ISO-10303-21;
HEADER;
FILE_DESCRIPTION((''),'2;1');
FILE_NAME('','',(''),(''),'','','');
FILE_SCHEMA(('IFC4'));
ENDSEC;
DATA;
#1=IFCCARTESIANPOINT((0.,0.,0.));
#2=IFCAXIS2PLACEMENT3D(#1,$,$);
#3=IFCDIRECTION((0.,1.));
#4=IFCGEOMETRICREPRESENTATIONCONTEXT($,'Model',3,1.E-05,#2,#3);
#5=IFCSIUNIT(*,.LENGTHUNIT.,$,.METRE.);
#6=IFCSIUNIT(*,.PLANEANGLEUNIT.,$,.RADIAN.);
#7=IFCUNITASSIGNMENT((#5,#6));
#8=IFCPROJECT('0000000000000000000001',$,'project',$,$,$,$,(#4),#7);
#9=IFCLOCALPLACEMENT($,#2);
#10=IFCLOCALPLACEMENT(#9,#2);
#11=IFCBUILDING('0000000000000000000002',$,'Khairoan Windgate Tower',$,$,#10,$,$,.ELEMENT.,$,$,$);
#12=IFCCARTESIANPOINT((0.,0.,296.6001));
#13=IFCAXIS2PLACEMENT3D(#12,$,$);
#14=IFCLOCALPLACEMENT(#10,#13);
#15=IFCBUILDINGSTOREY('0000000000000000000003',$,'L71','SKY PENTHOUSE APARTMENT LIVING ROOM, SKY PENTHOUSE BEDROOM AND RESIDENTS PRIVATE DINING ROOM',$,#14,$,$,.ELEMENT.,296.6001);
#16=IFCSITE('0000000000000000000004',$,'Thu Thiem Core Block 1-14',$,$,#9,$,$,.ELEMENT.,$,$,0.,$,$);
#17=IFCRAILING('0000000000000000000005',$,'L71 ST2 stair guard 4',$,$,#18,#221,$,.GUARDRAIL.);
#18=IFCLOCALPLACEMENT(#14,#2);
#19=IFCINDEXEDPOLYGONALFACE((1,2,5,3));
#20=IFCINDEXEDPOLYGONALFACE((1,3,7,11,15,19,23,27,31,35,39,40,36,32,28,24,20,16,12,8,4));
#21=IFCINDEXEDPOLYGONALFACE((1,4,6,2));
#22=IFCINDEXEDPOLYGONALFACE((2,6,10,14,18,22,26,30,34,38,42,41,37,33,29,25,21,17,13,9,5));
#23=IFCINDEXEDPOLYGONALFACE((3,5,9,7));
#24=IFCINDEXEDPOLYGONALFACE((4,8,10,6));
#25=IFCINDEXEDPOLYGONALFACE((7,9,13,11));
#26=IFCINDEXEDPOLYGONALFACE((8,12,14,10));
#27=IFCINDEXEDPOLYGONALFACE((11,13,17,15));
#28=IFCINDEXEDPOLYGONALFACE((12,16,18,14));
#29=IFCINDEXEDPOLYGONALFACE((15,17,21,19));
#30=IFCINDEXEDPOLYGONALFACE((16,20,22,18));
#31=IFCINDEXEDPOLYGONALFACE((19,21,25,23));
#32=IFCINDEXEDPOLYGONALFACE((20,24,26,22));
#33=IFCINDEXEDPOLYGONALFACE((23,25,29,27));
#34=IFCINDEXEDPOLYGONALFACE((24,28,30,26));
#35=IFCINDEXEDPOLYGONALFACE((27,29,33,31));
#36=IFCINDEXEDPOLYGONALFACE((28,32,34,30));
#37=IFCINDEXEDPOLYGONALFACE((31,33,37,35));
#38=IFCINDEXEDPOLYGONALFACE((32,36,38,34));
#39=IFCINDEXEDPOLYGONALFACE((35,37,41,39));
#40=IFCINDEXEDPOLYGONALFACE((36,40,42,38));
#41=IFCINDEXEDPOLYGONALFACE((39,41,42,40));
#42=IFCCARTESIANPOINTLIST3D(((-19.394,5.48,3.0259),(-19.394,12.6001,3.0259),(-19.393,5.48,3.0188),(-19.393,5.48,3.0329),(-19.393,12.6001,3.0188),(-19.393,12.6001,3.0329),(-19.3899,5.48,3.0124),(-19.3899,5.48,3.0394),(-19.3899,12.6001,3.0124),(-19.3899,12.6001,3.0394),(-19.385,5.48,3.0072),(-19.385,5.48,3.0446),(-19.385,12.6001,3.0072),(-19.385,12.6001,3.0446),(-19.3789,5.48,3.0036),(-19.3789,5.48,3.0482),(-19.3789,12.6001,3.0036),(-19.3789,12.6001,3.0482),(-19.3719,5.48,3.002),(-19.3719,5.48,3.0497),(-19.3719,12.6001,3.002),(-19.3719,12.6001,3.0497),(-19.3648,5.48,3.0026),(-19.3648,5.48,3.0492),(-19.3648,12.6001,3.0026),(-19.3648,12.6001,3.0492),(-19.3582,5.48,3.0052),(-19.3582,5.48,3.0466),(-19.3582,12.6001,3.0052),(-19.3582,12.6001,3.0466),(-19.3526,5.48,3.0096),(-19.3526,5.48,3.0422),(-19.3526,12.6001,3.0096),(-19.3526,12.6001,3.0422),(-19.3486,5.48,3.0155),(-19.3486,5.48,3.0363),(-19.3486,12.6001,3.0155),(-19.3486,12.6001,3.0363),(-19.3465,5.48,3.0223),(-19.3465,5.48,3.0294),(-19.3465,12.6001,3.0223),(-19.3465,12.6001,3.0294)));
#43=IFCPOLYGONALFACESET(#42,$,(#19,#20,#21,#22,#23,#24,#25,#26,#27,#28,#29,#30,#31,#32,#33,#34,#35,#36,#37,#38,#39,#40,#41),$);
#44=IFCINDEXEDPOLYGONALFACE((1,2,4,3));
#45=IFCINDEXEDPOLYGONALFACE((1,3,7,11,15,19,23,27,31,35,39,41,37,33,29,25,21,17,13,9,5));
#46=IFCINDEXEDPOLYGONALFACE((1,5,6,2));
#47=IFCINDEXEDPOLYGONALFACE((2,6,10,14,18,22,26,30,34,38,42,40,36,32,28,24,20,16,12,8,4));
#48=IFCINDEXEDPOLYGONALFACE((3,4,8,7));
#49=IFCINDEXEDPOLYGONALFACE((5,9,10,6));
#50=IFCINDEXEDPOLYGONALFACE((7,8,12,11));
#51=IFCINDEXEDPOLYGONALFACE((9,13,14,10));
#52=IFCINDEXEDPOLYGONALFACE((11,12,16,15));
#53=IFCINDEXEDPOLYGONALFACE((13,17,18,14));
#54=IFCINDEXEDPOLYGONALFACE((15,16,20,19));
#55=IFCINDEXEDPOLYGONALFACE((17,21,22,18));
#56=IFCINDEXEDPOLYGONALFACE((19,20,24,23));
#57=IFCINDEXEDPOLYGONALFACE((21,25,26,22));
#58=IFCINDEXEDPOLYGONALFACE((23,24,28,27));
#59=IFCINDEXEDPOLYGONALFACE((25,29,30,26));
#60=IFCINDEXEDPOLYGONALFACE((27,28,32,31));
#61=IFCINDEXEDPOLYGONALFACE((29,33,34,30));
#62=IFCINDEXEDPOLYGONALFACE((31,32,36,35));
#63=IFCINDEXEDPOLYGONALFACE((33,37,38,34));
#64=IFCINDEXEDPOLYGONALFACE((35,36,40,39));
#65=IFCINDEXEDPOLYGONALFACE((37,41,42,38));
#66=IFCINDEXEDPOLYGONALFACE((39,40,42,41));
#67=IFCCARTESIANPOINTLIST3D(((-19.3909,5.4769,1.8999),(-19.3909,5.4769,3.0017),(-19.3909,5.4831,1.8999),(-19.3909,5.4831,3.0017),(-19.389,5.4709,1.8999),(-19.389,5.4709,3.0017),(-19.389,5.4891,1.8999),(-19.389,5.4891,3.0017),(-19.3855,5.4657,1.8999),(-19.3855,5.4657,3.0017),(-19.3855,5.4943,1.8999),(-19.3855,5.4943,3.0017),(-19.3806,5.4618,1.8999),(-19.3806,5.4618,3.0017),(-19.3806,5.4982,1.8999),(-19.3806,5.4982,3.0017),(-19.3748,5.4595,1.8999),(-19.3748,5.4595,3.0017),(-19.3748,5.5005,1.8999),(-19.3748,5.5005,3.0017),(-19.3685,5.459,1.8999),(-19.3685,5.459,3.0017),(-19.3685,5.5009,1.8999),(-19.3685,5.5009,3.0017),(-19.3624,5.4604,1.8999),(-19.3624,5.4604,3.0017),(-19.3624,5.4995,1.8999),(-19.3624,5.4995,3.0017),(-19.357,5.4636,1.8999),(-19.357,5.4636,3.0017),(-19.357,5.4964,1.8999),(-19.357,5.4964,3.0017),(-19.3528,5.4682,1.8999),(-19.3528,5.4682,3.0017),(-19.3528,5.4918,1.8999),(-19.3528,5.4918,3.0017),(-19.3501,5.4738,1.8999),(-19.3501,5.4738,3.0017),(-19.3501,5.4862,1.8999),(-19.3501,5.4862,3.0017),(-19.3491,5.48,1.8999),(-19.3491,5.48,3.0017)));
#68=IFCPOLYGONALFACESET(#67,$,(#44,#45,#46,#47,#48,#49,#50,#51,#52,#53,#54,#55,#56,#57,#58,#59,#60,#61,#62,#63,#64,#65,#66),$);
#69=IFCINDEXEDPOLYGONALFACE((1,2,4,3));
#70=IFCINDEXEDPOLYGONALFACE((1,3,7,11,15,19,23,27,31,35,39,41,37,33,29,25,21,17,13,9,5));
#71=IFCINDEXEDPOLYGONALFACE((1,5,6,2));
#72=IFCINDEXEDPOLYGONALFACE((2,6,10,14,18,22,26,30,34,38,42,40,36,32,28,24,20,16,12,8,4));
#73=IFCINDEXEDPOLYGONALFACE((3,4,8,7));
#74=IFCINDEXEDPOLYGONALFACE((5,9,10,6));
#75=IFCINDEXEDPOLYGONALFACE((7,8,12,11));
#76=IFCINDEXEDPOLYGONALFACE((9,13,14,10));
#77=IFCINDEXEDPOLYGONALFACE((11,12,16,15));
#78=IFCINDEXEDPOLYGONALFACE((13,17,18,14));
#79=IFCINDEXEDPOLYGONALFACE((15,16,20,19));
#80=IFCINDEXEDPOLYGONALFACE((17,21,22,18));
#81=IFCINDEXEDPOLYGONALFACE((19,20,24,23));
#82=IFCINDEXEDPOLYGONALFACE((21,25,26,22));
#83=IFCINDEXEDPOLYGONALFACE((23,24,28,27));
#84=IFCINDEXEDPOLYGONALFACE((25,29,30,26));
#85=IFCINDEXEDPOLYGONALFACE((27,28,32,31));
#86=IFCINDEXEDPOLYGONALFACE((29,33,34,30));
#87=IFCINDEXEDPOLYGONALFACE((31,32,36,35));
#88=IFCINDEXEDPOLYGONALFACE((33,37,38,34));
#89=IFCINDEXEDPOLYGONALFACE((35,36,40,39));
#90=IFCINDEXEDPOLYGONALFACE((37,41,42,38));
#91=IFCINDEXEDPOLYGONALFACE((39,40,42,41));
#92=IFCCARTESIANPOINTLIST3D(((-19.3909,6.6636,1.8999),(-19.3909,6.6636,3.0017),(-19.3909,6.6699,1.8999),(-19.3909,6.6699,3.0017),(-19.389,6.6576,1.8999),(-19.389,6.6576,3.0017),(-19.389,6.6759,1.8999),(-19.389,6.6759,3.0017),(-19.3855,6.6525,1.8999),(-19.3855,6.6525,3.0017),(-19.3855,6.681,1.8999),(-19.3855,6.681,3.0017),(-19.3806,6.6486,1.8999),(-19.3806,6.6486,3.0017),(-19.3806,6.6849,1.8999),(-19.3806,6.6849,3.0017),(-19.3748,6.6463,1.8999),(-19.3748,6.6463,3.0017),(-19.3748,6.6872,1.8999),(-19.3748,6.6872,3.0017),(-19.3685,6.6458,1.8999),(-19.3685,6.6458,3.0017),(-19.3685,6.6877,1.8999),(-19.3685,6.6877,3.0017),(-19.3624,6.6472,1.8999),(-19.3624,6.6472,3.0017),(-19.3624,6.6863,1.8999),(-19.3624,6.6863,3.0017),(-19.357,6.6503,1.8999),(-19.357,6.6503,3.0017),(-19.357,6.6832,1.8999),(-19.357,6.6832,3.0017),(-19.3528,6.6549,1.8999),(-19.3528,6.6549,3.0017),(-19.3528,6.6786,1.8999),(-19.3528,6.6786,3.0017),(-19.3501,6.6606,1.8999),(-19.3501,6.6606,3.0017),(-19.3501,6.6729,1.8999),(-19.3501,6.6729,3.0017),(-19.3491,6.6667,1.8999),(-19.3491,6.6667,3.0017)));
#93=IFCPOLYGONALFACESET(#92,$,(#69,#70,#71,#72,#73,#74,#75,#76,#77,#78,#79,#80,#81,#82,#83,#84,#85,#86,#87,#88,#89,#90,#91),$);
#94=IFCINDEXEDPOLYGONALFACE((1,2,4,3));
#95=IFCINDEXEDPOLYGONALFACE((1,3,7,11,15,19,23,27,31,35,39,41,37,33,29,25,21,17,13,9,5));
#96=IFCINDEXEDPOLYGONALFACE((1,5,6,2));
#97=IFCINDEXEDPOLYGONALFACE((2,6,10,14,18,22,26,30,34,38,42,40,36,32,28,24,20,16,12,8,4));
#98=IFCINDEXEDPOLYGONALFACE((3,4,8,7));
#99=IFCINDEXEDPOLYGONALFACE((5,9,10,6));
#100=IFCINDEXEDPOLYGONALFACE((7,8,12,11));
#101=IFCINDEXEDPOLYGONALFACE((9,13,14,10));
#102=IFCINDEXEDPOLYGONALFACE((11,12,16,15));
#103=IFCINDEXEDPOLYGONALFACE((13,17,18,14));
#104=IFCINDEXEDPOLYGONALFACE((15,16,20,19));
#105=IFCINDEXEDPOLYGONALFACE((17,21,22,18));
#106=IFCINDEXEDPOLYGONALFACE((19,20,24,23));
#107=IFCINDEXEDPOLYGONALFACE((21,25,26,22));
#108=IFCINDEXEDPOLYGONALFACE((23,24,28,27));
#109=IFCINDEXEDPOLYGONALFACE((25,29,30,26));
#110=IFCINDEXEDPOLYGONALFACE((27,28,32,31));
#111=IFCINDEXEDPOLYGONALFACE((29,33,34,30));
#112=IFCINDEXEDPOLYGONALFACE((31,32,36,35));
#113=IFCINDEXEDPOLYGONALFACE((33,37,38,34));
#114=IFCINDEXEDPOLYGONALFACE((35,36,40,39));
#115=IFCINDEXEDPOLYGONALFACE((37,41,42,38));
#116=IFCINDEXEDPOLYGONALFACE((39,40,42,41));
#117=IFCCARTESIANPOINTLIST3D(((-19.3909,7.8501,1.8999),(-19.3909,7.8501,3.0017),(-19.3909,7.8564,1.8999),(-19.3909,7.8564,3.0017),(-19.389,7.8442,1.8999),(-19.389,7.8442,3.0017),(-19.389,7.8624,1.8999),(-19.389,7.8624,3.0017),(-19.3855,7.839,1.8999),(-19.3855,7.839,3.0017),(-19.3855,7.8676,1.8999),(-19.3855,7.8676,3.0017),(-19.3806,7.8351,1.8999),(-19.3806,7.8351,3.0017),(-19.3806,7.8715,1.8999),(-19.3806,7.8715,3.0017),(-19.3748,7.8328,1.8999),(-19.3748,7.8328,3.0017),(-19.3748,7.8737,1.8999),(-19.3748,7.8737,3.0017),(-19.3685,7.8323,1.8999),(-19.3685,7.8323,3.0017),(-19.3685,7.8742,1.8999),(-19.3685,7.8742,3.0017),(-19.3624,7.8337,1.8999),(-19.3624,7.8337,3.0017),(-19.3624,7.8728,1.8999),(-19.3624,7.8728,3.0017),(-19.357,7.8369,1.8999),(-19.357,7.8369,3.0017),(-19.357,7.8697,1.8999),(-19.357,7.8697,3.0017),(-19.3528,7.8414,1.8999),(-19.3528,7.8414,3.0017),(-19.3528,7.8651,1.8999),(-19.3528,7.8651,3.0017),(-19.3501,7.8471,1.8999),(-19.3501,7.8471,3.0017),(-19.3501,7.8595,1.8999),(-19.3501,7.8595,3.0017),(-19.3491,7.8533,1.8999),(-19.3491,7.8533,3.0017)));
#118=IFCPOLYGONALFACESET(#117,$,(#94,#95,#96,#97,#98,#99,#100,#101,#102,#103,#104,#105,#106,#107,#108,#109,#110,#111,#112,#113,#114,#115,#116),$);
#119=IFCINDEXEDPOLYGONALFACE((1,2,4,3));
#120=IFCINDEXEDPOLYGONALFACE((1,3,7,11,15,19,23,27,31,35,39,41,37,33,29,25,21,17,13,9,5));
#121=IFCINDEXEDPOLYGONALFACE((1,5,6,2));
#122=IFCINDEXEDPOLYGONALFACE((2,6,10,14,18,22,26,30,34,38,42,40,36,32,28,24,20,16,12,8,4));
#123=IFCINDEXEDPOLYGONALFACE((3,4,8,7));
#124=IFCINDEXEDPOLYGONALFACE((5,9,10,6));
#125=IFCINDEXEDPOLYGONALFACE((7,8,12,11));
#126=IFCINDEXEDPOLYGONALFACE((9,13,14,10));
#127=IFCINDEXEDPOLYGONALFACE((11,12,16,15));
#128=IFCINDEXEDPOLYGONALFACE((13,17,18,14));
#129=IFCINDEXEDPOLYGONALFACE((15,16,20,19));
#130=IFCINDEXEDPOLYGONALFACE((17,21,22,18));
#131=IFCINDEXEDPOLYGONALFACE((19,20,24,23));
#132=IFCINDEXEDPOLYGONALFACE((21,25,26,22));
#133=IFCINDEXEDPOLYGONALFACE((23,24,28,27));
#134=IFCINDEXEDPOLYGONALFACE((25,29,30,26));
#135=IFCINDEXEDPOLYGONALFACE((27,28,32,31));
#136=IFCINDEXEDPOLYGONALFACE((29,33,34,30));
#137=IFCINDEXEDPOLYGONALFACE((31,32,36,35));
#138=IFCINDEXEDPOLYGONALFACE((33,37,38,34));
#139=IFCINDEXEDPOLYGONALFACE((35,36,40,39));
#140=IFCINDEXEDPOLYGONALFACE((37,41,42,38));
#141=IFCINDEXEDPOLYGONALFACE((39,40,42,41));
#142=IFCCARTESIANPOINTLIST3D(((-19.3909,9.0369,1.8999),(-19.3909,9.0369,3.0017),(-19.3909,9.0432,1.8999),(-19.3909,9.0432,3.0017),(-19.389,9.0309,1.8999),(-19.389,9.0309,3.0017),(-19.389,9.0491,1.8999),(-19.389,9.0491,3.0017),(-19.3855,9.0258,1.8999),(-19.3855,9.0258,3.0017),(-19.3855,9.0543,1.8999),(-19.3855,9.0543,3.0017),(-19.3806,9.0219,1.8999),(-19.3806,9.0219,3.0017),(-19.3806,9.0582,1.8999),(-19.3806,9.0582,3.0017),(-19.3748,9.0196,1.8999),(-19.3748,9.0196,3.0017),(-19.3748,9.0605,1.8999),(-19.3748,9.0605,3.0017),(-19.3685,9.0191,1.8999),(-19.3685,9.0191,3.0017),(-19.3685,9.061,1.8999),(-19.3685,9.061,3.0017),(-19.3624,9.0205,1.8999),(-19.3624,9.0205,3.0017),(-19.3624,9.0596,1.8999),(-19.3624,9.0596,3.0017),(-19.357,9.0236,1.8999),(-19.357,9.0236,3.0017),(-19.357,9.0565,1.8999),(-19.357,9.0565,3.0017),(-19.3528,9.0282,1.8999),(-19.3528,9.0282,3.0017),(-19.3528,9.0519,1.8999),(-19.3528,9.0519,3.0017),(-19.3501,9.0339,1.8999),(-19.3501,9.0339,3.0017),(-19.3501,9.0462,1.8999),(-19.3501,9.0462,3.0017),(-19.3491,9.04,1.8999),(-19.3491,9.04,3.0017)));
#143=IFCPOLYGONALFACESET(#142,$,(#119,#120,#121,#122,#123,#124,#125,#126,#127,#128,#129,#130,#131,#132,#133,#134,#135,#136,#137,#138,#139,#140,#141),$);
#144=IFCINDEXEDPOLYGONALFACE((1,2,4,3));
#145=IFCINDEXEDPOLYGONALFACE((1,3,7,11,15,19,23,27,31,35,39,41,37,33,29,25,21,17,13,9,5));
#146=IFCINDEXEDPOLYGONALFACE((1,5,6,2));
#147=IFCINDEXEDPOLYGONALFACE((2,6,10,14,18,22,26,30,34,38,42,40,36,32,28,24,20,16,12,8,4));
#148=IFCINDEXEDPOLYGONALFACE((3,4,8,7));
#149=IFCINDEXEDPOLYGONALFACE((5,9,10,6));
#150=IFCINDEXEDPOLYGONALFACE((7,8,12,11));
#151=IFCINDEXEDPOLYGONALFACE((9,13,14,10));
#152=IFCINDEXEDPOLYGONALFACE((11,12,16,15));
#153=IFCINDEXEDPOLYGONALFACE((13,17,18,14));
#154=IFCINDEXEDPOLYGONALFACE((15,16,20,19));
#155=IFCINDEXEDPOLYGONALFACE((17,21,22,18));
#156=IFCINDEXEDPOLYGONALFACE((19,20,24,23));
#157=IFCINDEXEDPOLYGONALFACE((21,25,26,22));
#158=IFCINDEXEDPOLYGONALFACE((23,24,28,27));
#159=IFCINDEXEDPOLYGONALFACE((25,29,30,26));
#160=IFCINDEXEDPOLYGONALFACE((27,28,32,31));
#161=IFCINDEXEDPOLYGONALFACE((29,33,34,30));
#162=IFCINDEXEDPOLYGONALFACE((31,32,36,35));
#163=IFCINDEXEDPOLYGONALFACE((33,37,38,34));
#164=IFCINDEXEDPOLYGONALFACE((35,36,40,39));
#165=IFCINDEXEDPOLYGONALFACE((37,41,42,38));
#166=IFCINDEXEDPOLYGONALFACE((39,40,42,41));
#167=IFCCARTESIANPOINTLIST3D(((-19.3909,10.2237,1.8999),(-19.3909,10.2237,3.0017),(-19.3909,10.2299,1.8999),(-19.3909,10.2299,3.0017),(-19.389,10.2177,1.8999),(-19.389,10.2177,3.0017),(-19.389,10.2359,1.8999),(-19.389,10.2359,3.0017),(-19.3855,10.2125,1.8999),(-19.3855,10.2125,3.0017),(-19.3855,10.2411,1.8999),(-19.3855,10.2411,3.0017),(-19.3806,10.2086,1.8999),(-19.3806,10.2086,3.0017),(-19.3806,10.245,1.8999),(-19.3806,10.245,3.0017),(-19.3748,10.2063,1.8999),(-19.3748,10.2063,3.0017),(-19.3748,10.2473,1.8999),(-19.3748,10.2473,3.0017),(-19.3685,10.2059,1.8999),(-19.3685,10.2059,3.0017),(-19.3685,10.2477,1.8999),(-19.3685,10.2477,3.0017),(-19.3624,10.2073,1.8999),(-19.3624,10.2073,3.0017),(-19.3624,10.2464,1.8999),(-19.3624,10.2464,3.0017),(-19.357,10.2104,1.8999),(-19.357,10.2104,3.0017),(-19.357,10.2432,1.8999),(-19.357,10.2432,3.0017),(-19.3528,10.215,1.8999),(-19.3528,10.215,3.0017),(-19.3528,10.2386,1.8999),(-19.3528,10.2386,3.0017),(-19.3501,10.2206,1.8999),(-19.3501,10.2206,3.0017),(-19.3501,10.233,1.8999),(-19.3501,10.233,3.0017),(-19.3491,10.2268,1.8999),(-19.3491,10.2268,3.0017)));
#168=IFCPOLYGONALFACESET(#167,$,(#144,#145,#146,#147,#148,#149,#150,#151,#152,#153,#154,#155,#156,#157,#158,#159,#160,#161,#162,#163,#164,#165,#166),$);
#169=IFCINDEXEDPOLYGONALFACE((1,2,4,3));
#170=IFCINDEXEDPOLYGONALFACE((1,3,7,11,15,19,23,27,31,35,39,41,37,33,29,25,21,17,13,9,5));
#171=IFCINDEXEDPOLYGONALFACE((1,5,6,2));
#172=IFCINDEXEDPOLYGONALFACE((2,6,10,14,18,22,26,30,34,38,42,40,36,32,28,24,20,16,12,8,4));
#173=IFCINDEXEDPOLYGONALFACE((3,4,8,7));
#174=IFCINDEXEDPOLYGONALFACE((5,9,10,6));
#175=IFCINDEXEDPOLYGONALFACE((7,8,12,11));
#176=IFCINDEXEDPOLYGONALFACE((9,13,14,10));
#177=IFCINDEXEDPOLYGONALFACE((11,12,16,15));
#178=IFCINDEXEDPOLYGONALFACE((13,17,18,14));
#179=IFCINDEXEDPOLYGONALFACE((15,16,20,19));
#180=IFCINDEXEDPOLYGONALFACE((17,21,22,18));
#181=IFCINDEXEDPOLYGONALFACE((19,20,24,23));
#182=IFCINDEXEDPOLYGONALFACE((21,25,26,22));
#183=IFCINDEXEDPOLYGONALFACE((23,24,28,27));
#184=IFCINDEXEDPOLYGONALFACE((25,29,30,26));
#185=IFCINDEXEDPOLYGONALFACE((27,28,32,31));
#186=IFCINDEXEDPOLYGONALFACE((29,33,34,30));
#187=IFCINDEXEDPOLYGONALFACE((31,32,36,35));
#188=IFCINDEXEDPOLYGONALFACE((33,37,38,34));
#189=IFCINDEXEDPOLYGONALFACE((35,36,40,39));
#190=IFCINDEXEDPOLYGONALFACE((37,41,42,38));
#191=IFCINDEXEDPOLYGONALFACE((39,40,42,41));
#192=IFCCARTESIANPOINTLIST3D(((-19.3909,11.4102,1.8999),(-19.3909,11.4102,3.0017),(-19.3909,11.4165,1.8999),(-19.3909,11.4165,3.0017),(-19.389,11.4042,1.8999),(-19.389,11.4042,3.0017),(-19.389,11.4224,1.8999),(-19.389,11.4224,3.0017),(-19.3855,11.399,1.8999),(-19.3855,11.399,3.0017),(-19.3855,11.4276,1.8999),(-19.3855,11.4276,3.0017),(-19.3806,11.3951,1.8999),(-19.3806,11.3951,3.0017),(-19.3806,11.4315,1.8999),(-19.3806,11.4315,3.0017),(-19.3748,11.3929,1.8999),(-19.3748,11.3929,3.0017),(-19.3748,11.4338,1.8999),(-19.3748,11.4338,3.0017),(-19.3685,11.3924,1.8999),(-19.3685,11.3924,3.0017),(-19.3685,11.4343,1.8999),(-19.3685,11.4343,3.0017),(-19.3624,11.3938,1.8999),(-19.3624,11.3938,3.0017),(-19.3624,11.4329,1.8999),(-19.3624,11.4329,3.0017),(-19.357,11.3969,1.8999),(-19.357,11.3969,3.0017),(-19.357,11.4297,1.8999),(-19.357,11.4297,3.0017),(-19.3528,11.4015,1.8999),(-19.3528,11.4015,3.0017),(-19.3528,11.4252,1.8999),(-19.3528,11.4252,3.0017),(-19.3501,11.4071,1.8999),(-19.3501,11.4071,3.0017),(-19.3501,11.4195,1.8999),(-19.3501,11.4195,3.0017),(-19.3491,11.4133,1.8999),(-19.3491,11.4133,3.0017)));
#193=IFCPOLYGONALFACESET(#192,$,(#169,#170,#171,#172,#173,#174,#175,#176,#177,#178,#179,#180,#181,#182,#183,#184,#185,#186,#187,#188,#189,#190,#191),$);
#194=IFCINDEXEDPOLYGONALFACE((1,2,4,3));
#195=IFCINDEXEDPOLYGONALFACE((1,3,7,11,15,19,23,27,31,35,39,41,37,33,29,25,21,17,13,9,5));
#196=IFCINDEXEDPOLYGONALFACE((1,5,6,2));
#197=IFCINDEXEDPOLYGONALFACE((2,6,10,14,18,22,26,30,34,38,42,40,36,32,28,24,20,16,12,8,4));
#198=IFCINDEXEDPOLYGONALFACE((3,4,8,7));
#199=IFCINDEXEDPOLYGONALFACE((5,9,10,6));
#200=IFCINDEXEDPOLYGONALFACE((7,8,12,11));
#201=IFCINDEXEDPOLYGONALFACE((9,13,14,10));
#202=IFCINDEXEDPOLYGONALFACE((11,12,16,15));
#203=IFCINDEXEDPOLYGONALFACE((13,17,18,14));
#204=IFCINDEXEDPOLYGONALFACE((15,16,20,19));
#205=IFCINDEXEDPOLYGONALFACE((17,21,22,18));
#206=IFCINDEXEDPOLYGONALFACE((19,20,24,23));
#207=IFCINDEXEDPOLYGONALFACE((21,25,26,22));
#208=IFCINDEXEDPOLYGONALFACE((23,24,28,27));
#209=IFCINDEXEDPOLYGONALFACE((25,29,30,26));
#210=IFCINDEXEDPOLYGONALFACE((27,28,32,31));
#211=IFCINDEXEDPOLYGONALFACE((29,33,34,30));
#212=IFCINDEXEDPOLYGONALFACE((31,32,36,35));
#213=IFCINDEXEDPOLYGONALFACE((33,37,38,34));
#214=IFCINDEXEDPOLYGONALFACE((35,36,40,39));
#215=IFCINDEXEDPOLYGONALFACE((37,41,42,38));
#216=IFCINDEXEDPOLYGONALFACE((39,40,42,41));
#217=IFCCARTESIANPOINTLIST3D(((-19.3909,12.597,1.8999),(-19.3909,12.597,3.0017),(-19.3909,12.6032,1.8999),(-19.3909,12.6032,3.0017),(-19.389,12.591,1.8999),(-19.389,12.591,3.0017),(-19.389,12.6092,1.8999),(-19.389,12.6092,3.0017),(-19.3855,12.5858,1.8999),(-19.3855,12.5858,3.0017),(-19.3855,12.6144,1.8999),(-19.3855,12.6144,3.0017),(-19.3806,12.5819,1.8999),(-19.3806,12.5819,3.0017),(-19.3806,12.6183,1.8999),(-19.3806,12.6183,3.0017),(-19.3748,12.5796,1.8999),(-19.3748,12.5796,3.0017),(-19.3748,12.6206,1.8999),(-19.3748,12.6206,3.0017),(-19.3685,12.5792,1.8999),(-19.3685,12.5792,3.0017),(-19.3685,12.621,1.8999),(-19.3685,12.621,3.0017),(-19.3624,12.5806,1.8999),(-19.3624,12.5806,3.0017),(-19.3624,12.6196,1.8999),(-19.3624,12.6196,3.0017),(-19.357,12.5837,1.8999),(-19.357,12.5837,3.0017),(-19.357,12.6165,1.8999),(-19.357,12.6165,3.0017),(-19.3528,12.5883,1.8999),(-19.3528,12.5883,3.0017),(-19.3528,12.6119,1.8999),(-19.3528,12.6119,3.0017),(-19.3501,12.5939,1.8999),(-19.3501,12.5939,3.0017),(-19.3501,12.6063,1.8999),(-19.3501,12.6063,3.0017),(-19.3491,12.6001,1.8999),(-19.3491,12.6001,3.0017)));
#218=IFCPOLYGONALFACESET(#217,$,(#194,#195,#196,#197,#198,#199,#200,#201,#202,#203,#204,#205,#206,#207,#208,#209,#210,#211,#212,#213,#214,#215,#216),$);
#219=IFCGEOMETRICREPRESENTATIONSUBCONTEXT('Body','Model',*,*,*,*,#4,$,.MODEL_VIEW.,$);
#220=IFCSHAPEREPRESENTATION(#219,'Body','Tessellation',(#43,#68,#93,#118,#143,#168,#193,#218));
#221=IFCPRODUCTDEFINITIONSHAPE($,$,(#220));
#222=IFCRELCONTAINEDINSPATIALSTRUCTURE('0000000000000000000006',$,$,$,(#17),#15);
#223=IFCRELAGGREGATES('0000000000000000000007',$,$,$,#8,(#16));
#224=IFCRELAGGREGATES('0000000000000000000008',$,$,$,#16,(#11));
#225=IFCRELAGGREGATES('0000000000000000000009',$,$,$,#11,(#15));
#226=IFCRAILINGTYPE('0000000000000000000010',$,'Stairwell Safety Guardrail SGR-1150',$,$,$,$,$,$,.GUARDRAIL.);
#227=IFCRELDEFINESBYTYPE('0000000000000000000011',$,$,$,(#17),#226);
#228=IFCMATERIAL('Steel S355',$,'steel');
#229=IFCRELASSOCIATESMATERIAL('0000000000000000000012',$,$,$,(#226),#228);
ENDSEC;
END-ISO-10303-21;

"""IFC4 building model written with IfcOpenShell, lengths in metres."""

from ifc_helpers import new_model, si_unit, direction, frame, origin, origin_2d, place, context, subcontext, project, spatial, circle, extrude, material, type_object, element, save


model = new_model("IFC4")

# Units and contexts
model_context = context("Model", 3, precision=1e-05, world=origin(), true_north=direction((0.0, 1.0)))
body_context = subcontext(model_context, "Body", "Model", "MODEL_VIEW")
ifc_project = project(units=[si_unit("LENGTHUNIT", "METRE"), si_unit("PLANEANGLEUNIT", "RADIAN")], contexts=[model_context])

# Site, building, storey
site_placement = place(None, origin())
site = spatial("IfcSite", under=ifc_project, at=site_placement, Name="Thu Thiem Core Block 1-14", CompositionType="ELEMENT", RefElevation=0.0)
building_placement = place(site_placement, origin())
building = spatial("IfcBuilding", under=site, at=building_placement, Name="Khairoan Windgate Tower", CompositionType="ELEMENT")
storey_placement = place(building_placement, frame((0.0, 0.0, 296.6001)))
storey = spatial("IfcBuildingStorey", under=building, at=storey_placement, Name="L71", Description="SKY PENTHOUSE APARTMENT LIVING ROOM, SKY PENTHOUSE BEDROOM AND RESIDENTS PRIVATE DINING ROOM", CompositionType="ELEMENT", Elevation=296.6001)

# Railing
ifc_material_1 = material(Name="Steel S355", Category="steel")
railing_type_1 = type_object("IfcRailingType", Name="Stairwell Safety Guardrail SGR-1150", PredefinedType="GUARDRAIL", material=ifc_material_1)
railing_1_placement = place(storey_placement, frame((-19.3701, 5.48, 1.8999)))
element("IfcRailing", 1, at=railing_1_placement, inside=storey, type_object=railing_type_1, Name="L71 ST2 stair guard 4", PredefinedType="GUARDRAIL", context=body_context, shape_type="SweptSolid", body=[
    extrude(circle(Radius=0.0239, at=origin_2d()), frame((0.0, 0.0, 1.126), z_axis=(0.0, 1.0, 0.0), x_axis=(-1.0, 0.0, 0.0)), (0.0, 0.0, 1.0), 7.1201),
    extrude(circle(Radius=0.021, at=origin_2d()), origin(), (0.0, 0.0, 1.0), 1.1018),
    extrude(circle(Radius=0.021, at=origin_2d()), frame((0.0, 1.1868, 0.0)), (0.0, 0.0, 1.0), 1.1018),
    extrude(circle(Radius=0.021, at=origin_2d()), frame((0.0, 2.3733, 0.0)), (0.0, 0.0, 1.0), 1.1018),
    extrude(circle(Radius=0.021, at=origin_2d()), frame((0.0, 3.5601, 0.0)), (0.0, 0.0, 1.0), 1.1018),
    extrude(circle(Radius=0.021, at=origin_2d()), frame((0.0, 4.7468, 0.0)), (0.0, 0.0, 1.0), 1.1018),
    extrude(circle(Radius=0.021, at=origin_2d()), frame((0.0, 5.9333, 0.0)), (0.0, 0.0, 1.0), 1.1018),
    extrude(circle(Radius=0.021, at=origin_2d()), frame((0.0, 7.1201, 0.0)), (0.0, 0.0, 1.0), 1.1018),
])

save(model, "model.ifc")
